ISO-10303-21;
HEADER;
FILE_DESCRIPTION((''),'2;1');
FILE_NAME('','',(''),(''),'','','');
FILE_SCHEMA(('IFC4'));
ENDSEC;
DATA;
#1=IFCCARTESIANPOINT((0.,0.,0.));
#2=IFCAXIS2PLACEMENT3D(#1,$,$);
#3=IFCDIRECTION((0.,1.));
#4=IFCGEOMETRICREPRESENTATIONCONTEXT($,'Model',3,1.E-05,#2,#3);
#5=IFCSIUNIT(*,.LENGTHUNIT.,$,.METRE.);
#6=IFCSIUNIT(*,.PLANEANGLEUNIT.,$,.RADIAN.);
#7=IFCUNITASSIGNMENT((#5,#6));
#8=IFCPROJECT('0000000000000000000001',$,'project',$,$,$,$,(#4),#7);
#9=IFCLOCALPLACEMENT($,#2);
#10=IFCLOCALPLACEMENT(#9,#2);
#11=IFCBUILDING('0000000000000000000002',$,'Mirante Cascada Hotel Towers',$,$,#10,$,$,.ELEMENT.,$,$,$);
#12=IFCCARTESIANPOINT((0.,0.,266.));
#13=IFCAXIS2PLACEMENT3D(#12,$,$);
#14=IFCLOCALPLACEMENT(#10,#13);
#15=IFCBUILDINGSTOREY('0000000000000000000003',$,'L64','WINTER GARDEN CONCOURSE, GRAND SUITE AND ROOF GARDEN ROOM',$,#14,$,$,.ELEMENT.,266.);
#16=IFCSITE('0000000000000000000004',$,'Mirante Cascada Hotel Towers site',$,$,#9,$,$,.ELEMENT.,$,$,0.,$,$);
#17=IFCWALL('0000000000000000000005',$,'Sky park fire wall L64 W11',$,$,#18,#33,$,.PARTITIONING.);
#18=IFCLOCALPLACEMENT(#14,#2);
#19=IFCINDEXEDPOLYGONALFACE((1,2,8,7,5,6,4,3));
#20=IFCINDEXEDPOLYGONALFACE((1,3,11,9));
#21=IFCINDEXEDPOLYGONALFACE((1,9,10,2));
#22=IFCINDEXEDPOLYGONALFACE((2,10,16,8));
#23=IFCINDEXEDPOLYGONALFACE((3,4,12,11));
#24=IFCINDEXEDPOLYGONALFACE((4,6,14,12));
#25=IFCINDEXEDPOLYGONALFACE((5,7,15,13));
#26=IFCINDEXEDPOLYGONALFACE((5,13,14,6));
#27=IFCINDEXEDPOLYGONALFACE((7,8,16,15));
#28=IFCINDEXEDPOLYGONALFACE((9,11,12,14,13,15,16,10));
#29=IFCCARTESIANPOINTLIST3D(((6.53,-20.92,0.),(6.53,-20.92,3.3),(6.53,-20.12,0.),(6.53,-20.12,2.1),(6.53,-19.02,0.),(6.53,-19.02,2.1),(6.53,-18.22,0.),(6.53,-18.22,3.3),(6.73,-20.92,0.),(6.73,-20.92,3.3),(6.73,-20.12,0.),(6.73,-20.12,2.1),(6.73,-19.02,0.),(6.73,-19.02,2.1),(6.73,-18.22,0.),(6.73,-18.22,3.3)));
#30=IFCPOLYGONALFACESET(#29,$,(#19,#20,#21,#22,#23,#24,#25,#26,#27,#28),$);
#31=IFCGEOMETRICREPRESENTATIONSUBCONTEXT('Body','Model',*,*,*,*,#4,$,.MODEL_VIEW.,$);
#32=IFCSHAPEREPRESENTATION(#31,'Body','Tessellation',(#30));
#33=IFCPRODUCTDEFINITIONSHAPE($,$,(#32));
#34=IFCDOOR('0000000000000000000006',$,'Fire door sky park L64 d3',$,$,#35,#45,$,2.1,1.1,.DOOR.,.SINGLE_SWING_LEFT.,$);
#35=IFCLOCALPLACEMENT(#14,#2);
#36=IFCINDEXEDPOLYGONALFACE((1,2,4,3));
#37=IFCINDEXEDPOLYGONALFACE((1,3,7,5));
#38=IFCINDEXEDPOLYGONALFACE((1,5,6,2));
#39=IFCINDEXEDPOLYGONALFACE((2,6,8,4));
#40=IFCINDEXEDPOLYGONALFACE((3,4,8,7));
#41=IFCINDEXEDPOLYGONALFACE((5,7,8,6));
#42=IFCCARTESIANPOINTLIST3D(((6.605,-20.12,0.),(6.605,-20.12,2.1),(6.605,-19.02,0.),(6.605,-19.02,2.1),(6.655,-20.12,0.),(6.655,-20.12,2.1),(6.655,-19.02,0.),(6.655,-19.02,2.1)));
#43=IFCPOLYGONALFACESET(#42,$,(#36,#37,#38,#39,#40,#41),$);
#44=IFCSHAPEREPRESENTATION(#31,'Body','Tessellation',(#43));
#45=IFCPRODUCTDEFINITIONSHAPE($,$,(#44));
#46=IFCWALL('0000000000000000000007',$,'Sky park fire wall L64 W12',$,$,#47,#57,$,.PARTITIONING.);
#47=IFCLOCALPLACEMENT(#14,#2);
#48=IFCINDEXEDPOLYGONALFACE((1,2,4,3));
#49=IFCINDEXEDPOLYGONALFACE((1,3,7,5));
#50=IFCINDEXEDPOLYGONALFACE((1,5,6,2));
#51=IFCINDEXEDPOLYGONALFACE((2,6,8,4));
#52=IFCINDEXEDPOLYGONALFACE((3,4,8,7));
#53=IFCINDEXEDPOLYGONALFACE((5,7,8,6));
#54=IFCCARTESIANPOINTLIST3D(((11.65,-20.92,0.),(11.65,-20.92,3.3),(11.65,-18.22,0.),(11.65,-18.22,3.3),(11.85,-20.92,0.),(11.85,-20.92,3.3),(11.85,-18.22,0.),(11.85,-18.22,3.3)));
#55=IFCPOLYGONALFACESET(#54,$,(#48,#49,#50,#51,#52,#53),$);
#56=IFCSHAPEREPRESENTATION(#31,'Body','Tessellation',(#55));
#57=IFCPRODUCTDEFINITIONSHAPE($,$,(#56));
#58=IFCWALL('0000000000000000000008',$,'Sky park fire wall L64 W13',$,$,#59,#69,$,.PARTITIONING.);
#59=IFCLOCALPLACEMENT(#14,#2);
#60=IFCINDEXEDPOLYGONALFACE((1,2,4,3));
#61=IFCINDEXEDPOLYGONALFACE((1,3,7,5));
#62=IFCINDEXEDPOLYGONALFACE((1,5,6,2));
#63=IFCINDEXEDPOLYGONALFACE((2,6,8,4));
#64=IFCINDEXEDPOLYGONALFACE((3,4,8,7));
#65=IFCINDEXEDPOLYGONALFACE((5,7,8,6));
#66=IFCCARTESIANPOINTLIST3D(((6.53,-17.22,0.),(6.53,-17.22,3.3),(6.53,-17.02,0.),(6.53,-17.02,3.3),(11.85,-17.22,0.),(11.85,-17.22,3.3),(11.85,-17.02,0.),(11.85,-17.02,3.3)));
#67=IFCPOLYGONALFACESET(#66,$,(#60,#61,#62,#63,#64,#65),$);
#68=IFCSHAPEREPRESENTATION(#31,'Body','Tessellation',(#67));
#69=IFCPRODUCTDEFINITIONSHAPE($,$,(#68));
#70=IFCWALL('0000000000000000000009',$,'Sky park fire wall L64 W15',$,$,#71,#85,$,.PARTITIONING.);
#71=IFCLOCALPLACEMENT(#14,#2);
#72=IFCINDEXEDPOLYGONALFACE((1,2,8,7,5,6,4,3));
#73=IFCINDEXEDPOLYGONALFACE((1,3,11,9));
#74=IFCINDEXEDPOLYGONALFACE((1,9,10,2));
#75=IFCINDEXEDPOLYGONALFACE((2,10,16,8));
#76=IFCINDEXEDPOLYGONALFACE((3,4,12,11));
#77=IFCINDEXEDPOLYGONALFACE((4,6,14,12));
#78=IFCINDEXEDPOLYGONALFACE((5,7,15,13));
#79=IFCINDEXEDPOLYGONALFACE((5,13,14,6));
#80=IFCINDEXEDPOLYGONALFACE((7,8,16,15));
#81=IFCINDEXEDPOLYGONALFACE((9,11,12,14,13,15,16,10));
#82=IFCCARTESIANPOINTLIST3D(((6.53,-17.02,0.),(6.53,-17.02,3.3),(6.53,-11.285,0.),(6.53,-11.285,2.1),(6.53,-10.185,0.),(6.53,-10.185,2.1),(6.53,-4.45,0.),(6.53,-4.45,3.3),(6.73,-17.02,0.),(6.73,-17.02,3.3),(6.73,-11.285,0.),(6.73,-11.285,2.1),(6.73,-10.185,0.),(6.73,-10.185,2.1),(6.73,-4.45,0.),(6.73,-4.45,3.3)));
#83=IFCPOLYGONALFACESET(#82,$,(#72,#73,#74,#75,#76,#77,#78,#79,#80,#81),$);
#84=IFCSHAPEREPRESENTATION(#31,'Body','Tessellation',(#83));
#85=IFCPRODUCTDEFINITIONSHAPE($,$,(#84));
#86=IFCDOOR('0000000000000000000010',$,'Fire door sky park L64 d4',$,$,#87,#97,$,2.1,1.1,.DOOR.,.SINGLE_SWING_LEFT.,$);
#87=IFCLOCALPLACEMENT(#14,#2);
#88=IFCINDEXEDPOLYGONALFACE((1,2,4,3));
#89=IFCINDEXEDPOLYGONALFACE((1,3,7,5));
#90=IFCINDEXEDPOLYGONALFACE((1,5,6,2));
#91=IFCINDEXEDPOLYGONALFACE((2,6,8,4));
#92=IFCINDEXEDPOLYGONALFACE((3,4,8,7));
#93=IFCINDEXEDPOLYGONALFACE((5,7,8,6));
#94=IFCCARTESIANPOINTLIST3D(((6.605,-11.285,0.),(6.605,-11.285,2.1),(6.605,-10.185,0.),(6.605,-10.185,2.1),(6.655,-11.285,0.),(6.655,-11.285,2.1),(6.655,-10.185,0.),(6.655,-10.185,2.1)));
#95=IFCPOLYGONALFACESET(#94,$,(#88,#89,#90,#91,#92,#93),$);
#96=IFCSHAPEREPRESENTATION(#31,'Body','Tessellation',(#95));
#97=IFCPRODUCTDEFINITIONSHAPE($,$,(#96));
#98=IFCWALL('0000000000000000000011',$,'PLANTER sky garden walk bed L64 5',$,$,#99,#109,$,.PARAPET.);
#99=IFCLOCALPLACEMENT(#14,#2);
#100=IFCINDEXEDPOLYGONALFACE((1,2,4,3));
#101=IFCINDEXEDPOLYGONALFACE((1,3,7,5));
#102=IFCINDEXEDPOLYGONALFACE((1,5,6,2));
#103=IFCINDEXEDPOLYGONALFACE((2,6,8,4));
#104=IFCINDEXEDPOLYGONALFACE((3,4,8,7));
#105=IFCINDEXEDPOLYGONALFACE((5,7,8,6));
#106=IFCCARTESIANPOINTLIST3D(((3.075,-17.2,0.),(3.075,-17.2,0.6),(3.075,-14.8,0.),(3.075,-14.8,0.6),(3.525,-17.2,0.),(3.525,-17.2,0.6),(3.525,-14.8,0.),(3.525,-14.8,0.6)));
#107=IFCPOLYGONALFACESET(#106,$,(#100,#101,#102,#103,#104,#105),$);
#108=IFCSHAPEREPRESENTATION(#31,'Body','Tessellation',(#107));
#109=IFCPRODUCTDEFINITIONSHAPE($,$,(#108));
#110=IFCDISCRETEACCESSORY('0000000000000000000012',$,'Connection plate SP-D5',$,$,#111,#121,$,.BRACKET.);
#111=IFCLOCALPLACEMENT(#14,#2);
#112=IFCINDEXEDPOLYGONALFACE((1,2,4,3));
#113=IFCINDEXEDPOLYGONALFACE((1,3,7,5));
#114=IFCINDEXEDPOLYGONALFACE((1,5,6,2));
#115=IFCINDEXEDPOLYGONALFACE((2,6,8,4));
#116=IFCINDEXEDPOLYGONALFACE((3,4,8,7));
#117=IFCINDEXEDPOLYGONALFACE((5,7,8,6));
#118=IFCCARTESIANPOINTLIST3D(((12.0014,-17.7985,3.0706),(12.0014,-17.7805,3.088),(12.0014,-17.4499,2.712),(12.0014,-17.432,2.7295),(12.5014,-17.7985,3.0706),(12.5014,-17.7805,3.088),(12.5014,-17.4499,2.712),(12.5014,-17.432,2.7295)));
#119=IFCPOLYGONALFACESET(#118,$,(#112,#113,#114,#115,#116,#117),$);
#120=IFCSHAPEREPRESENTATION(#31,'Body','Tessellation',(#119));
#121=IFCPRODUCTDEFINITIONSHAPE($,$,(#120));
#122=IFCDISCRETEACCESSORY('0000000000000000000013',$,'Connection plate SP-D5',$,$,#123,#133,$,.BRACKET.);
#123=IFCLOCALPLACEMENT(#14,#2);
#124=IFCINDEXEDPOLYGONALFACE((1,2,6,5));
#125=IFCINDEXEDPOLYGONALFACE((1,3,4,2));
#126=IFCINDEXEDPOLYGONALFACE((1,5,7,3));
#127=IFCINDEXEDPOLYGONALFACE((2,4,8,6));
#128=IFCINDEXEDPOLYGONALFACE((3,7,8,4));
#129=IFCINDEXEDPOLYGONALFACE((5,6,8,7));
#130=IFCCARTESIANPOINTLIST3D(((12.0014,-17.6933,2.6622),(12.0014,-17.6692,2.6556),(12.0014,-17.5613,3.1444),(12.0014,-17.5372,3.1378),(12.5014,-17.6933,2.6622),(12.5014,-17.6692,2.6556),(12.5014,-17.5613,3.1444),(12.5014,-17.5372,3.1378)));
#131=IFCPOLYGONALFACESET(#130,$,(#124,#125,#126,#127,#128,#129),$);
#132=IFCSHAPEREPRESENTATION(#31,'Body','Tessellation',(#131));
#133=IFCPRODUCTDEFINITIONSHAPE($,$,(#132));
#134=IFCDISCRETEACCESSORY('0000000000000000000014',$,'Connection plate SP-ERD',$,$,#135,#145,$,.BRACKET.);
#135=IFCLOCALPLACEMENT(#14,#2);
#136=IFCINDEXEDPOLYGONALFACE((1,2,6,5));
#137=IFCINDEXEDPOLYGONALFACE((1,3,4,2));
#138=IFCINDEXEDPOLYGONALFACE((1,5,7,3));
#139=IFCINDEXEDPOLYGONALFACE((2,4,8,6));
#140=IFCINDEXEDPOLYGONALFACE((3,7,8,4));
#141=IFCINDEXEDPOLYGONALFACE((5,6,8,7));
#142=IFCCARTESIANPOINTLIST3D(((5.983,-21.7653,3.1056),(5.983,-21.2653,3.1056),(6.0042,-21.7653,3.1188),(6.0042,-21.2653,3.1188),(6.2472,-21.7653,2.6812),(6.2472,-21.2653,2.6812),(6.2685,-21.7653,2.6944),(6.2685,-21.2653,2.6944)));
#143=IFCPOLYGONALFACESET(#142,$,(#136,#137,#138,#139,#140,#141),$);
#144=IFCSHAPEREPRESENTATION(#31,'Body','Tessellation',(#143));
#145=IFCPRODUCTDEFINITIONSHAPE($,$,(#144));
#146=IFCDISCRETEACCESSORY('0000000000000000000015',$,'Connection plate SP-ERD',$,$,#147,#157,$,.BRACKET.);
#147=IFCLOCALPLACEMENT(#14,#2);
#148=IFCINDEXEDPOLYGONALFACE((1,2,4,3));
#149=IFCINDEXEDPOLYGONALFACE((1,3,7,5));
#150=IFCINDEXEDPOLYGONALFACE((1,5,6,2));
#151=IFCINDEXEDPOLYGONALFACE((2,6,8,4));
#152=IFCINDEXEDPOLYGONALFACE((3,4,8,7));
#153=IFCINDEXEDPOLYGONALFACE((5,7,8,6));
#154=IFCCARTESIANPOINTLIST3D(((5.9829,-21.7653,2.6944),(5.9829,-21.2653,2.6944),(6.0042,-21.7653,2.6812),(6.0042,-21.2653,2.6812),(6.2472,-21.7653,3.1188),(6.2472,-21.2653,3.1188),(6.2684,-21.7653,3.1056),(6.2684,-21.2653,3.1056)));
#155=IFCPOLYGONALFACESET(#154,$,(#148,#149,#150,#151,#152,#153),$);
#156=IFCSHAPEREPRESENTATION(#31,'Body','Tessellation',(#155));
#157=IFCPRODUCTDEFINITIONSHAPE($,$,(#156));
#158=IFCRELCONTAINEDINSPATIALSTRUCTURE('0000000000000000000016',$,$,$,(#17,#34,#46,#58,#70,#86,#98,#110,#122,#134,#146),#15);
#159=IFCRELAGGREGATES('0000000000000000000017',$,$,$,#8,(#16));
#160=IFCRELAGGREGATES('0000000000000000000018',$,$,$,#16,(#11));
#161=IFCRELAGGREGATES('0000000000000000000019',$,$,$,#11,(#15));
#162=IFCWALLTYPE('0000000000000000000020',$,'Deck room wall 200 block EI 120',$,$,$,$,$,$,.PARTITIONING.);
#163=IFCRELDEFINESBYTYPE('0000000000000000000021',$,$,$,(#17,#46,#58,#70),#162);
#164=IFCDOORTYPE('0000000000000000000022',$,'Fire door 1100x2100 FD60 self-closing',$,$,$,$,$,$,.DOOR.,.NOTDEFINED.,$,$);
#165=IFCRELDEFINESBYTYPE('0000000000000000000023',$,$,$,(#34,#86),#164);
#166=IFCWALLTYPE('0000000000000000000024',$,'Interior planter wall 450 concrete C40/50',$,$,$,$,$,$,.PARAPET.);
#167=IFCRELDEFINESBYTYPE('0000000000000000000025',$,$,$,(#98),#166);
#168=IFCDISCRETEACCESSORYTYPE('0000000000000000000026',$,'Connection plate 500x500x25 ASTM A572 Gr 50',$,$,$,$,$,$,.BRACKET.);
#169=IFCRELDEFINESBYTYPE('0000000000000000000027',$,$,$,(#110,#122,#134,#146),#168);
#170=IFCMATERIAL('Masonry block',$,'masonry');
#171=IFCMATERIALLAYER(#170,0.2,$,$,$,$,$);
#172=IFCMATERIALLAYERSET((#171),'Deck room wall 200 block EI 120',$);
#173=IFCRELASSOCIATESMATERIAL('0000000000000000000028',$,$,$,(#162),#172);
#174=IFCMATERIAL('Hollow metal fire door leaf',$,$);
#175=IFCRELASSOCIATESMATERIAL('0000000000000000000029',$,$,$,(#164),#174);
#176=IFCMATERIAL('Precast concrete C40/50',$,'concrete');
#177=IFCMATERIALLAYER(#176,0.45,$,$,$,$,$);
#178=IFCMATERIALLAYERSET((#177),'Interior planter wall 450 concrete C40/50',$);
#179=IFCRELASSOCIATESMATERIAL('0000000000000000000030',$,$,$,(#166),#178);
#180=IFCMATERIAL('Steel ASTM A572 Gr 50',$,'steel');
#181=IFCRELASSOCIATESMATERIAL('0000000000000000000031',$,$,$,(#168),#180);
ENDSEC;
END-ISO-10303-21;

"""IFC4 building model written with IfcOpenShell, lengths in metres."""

from ifc_helpers import new_model, si_unit, direction, frame, frame_2d, origin, origin_2d, place, context, subcontext, project, spatial, rectangle, extrude, material, layer, layer_set, material_profile, profile_set, type_object, element, fill, save


model = new_model("IFC4")

# Units and contexts
model_context = context("Model", 3, precision=1e-05, world=origin(), true_north=direction((0.0, 1.0)))
body_context = subcontext(model_context, "Body", "Model", "MODEL_VIEW")
ifc_project = project(units=[si_unit("LENGTHUNIT", "METRE"), si_unit("PLANEANGLEUNIT", "RADIAN")], contexts=[model_context])

# Site, building, storey
site_placement = place(None, origin())
site = spatial("IfcSite", under=ifc_project, at=site_placement, Name="Mirante Cascada Hotel Towers site", CompositionType="ELEMENT", RefElevation=0.0)
building_placement = place(site_placement, origin())
building = spatial("IfcBuilding", under=site, at=building_placement, Name="Mirante Cascada Hotel Towers", CompositionType="ELEMENT")
storey_placement = place(building_placement, frame((0.0, 0.0, 266.0)))
storey = spatial("IfcBuildingStorey", under=building, at=storey_placement, Name="L64", Description="WINTER GARDEN CONCOURSE, GRAND SUITE AND ROOF GARDEN ROOM", CompositionType="ELEMENT", Elevation=266.0)

# Shared definitions
ifc_material_1 = material(Name="Masonry block", Category="masonry")
ifc_layer_1 = layer(ifc_material_1, 0.2)
ifc_layer_set_1 = layer_set([ifc_layer_1], Name="Deck room wall 200 block EI 120")
wall_type_1 = type_object("IfcWallType", Name="Deck room wall 200 block EI 120", PredefinedType="PARTITIONING", material=ifc_layer_set_1)

# Wall, opening, door
wall_1_placement = place(storey_placement, frame((6.63, -20.92, 0.0), z_axis=(0.0, 0.0, 1.0), x_axis=(0.0, 1.0, 0.0)))
wall_1 = element("IfcWall", 1, at=wall_1_placement, inside=storey, type_object=wall_type_1, Name="Sky park fire wall L64 W11", PredefinedType="PARTITIONING", context=body_context, shape_type="SweptSolid", body=[
    extrude(rectangle(XDim=2.7, YDim=0.2, at=frame_2d((1.35, 0.0))), origin(), (0.0, 0.0, 1.0), 3.3),
])
opening_1_placement = place(wall_1_placement, frame((0.8, 0.0, 0.0)))
opening_1 = element("IfcOpeningElement", 2, at=opening_1_placement, cuts=wall_1, PredefinedType="OPENING", context=body_context, shape_type="SweptSolid", body=[
    extrude(rectangle(XDim=1.1, YDim=2.1, at=frame_2d((0.55, 1.05))), frame((0.0, 0.1, 0.0), z_axis=(0.0, -1.0, 0.0), x_axis=(1.0, 0.0, 0.0)), (0.0, 0.0, 1.0), 0.2),
])
ifc_material_2 = material(Name="Hollow metal fire door leaf")
door_type = type_object("IfcDoorType", Name="Fire door 1100x2100 FD60 self-closing", OperationType="NOTDEFINED", PredefinedType="DOOR", material=ifc_material_2)
door_1_placement = place(opening_1_placement, frame((1.1, 0.0, 0.0), z_axis=(0.0, 0.0, 1.0), x_axis=(-1.0, 0.0, 0.0)))
door_1 = element("IfcDoor", 3, at=door_1_placement, inside=storey, type_object=door_type, Name="Fire door sky park L64 d3", OperationType="SINGLE_SWING_LEFT", OverallHeight=2.1, OverallWidth=1.1, PredefinedType="DOOR", context=body_context, shape_type="SweptSolid", body=[
    extrude(rectangle(XDim=1.1, YDim=2.1, at=frame_2d((0.55, 1.05))), frame((0.0, 0.025, 0.0), z_axis=(0.0, -1.0, 0.0), x_axis=(1.0, 0.0, 0.0)), (0.0, 0.0, 1.0), 0.05),
])
fill(opening_1, door_1)

# Walls
wall_2_placement = place(storey_placement, frame((11.75, -20.92, 0.0), z_axis=(0.0, 0.0, 1.0), x_axis=(0.0, 1.0, 0.0)))
element("IfcWall", 4, at=wall_2_placement, inside=storey, type_object=wall_type_1, Name="Sky park fire wall L64 W12", PredefinedType="PARTITIONING", context=body_context, shape_type="SweptSolid", body=[
    extrude(rectangle(XDim=2.7, YDim=0.2, at=frame_2d((1.35, 0.0))), origin(), (0.0, 0.0, 1.0), 3.3),
])
wall_3_placement = place(storey_placement, frame((6.53, -17.12, 0.0), z_axis=(0.0, 0.0, 1.0), x_axis=(1.0, 0.0, 0.0)))
element("IfcWall", 5, at=wall_3_placement, inside=storey, type_object=wall_type_1, Name="Sky park fire wall L64 W13", PredefinedType="PARTITIONING", context=body_context, shape_type="SweptSolid", body=[
    extrude(rectangle(XDim=5.32, YDim=0.2, at=frame_2d((2.66, 0.0))), origin(), (0.0, 0.0, 1.0), 3.3),
])

# Wall, opening, door
wall_4_placement = place(storey_placement, frame((6.63, -17.02, 0.0), z_axis=(0.0, 0.0, 1.0), x_axis=(0.0, 1.0, 0.0)))
wall_4 = element("IfcWall", 6, at=wall_4_placement, inside=storey, type_object=wall_type_1, Name="Sky park fire wall L64 W15", PredefinedType="PARTITIONING", context=body_context, shape_type="SweptSolid", body=[
    extrude(rectangle(XDim=12.57, YDim=0.2, at=frame_2d((6.285, 0.0))), origin(), (0.0, 0.0, 1.0), 3.3),
])
opening_2_placement = place(wall_4_placement, frame((5.735, 0.0, 0.0)))
opening_2 = element("IfcOpeningElement", 7, at=opening_2_placement, cuts=wall_4, PredefinedType="OPENING", context=body_context, shape_type="SweptSolid", body=[
    extrude(rectangle(XDim=1.1, YDim=2.1, at=frame_2d((0.55, 1.05))), frame((0.0, 0.1, 0.0), z_axis=(0.0, -1.0, 0.0), x_axis=(1.0, 0.0, 0.0)), (0.0, 0.0, 1.0), 0.2),
])
door_2_placement = place(opening_2_placement, frame((1.1, 0.0, 0.0), z_axis=(0.0, 0.0, 1.0), x_axis=(-1.0, 0.0, 0.0)))
door_2 = element("IfcDoor", 8, at=door_2_placement, inside=storey, type_object=door_type, Name="Fire door sky park L64 d4", OperationType="SINGLE_SWING_LEFT", OverallHeight=2.1, OverallWidth=1.1, PredefinedType="DOOR", context=body_context, shape_type="SweptSolid", body=[
    extrude(rectangle(XDim=1.1, YDim=2.1, at=frame_2d((0.55, 1.05))), frame((0.0, 0.025, 0.0), z_axis=(0.0, -1.0, 0.0), x_axis=(1.0, 0.0, 0.0)), (0.0, 0.0, 1.0), 0.05),
])
fill(opening_2, door_2)

# Wall
ifc_material_3 = material(Name="Precast concrete C40/50", Category="concrete")
ifc_layer_2 = layer(ifc_material_3, 0.45)
ifc_layer_set_2 = layer_set([ifc_layer_2], Name="Interior planter wall 450 concrete C40/50")
wall_type_2 = type_object("IfcWallType", Name="Interior planter wall 450 concrete C40/50", PredefinedType="PARAPET", material=ifc_layer_set_2)
wall_5_placement = place(storey_placement, frame((3.3, -17.2, 0.0), z_axis=(0.0, 0.0, 1.0), x_axis=(0.0, 1.0, 0.0)))
element("IfcWall", 9, at=wall_5_placement, inside=storey, type_object=wall_type_2, Name="PLANTER sky garden walk bed L64 5", PredefinedType="PARAPET", context=body_context, shape_type="SweptSolid", body=[
    extrude(rectangle(XDim=2.4, YDim=0.45, at=frame_2d((1.2, 0.0))), origin(), (0.0, 0.0, 1.0), 0.6),
])

# Discrete accessories
ifc_material_4 = material(Name="Steel ASTM A572 Gr 50", Category="steel")
ifc_material_profile_1 = material_profile(ifc_material_4, rectangle(XDim=0.5, YDim=0.5, at=origin_2d()), Name="Connection plate 500x500x25 ASTM A572 Gr 50")
ifc_profile_set_1 = profile_set([ifc_material_profile_1], Name="Steel ASTM A572 Gr 50")
discrete_accessory_type = type_object("IfcDiscreteAccessoryType", Name="Connection plate 500x500x25 ASTM A572 Gr 50", PredefinedType="BRACKET", material=ifc_profile_set_1)
for number, where, z_axis, x_axis, name in (
    (10, (12.2514, -17.6242, 2.8913), (0.0, 0.717051, 0.697021), (-1.0, 0.0, 0.0), "Connection plate SP-D5"),
    (11, (12.2514, -17.6032, 2.8967), (0.0, -0.964486, 0.264133), (1.0, 0.0, 0.0), "Connection plate SP-D5"),
    (12, (6.1151, -21.5153, 2.8934), (0.848897, 0.0, 0.528559), (0.0, 1.0, 0.0), "Connection plate SP-ERD"),
    (13, (6.1363, -21.5153, 2.8934), (-0.848897, 0.0, 0.528559), (0.0, -1.0, 0.0), "Connection plate SP-ERD"),
):
    element("IfcDiscreteAccessory", number, at=place(storey_placement, frame(where, z_axis=z_axis, x_axis=x_axis)), inside=storey, type_object=discrete_accessory_type, Name=name, PredefinedType="BRACKET", context=body_context, shape_type="SweptSolid", body=[
        extrude(rectangle(XDim=0.5, YDim=0.5, at=origin_2d()), origin(), (0.0, 0.0, 1.0), 0.025),
    ])

save(model, "model.ifc")
